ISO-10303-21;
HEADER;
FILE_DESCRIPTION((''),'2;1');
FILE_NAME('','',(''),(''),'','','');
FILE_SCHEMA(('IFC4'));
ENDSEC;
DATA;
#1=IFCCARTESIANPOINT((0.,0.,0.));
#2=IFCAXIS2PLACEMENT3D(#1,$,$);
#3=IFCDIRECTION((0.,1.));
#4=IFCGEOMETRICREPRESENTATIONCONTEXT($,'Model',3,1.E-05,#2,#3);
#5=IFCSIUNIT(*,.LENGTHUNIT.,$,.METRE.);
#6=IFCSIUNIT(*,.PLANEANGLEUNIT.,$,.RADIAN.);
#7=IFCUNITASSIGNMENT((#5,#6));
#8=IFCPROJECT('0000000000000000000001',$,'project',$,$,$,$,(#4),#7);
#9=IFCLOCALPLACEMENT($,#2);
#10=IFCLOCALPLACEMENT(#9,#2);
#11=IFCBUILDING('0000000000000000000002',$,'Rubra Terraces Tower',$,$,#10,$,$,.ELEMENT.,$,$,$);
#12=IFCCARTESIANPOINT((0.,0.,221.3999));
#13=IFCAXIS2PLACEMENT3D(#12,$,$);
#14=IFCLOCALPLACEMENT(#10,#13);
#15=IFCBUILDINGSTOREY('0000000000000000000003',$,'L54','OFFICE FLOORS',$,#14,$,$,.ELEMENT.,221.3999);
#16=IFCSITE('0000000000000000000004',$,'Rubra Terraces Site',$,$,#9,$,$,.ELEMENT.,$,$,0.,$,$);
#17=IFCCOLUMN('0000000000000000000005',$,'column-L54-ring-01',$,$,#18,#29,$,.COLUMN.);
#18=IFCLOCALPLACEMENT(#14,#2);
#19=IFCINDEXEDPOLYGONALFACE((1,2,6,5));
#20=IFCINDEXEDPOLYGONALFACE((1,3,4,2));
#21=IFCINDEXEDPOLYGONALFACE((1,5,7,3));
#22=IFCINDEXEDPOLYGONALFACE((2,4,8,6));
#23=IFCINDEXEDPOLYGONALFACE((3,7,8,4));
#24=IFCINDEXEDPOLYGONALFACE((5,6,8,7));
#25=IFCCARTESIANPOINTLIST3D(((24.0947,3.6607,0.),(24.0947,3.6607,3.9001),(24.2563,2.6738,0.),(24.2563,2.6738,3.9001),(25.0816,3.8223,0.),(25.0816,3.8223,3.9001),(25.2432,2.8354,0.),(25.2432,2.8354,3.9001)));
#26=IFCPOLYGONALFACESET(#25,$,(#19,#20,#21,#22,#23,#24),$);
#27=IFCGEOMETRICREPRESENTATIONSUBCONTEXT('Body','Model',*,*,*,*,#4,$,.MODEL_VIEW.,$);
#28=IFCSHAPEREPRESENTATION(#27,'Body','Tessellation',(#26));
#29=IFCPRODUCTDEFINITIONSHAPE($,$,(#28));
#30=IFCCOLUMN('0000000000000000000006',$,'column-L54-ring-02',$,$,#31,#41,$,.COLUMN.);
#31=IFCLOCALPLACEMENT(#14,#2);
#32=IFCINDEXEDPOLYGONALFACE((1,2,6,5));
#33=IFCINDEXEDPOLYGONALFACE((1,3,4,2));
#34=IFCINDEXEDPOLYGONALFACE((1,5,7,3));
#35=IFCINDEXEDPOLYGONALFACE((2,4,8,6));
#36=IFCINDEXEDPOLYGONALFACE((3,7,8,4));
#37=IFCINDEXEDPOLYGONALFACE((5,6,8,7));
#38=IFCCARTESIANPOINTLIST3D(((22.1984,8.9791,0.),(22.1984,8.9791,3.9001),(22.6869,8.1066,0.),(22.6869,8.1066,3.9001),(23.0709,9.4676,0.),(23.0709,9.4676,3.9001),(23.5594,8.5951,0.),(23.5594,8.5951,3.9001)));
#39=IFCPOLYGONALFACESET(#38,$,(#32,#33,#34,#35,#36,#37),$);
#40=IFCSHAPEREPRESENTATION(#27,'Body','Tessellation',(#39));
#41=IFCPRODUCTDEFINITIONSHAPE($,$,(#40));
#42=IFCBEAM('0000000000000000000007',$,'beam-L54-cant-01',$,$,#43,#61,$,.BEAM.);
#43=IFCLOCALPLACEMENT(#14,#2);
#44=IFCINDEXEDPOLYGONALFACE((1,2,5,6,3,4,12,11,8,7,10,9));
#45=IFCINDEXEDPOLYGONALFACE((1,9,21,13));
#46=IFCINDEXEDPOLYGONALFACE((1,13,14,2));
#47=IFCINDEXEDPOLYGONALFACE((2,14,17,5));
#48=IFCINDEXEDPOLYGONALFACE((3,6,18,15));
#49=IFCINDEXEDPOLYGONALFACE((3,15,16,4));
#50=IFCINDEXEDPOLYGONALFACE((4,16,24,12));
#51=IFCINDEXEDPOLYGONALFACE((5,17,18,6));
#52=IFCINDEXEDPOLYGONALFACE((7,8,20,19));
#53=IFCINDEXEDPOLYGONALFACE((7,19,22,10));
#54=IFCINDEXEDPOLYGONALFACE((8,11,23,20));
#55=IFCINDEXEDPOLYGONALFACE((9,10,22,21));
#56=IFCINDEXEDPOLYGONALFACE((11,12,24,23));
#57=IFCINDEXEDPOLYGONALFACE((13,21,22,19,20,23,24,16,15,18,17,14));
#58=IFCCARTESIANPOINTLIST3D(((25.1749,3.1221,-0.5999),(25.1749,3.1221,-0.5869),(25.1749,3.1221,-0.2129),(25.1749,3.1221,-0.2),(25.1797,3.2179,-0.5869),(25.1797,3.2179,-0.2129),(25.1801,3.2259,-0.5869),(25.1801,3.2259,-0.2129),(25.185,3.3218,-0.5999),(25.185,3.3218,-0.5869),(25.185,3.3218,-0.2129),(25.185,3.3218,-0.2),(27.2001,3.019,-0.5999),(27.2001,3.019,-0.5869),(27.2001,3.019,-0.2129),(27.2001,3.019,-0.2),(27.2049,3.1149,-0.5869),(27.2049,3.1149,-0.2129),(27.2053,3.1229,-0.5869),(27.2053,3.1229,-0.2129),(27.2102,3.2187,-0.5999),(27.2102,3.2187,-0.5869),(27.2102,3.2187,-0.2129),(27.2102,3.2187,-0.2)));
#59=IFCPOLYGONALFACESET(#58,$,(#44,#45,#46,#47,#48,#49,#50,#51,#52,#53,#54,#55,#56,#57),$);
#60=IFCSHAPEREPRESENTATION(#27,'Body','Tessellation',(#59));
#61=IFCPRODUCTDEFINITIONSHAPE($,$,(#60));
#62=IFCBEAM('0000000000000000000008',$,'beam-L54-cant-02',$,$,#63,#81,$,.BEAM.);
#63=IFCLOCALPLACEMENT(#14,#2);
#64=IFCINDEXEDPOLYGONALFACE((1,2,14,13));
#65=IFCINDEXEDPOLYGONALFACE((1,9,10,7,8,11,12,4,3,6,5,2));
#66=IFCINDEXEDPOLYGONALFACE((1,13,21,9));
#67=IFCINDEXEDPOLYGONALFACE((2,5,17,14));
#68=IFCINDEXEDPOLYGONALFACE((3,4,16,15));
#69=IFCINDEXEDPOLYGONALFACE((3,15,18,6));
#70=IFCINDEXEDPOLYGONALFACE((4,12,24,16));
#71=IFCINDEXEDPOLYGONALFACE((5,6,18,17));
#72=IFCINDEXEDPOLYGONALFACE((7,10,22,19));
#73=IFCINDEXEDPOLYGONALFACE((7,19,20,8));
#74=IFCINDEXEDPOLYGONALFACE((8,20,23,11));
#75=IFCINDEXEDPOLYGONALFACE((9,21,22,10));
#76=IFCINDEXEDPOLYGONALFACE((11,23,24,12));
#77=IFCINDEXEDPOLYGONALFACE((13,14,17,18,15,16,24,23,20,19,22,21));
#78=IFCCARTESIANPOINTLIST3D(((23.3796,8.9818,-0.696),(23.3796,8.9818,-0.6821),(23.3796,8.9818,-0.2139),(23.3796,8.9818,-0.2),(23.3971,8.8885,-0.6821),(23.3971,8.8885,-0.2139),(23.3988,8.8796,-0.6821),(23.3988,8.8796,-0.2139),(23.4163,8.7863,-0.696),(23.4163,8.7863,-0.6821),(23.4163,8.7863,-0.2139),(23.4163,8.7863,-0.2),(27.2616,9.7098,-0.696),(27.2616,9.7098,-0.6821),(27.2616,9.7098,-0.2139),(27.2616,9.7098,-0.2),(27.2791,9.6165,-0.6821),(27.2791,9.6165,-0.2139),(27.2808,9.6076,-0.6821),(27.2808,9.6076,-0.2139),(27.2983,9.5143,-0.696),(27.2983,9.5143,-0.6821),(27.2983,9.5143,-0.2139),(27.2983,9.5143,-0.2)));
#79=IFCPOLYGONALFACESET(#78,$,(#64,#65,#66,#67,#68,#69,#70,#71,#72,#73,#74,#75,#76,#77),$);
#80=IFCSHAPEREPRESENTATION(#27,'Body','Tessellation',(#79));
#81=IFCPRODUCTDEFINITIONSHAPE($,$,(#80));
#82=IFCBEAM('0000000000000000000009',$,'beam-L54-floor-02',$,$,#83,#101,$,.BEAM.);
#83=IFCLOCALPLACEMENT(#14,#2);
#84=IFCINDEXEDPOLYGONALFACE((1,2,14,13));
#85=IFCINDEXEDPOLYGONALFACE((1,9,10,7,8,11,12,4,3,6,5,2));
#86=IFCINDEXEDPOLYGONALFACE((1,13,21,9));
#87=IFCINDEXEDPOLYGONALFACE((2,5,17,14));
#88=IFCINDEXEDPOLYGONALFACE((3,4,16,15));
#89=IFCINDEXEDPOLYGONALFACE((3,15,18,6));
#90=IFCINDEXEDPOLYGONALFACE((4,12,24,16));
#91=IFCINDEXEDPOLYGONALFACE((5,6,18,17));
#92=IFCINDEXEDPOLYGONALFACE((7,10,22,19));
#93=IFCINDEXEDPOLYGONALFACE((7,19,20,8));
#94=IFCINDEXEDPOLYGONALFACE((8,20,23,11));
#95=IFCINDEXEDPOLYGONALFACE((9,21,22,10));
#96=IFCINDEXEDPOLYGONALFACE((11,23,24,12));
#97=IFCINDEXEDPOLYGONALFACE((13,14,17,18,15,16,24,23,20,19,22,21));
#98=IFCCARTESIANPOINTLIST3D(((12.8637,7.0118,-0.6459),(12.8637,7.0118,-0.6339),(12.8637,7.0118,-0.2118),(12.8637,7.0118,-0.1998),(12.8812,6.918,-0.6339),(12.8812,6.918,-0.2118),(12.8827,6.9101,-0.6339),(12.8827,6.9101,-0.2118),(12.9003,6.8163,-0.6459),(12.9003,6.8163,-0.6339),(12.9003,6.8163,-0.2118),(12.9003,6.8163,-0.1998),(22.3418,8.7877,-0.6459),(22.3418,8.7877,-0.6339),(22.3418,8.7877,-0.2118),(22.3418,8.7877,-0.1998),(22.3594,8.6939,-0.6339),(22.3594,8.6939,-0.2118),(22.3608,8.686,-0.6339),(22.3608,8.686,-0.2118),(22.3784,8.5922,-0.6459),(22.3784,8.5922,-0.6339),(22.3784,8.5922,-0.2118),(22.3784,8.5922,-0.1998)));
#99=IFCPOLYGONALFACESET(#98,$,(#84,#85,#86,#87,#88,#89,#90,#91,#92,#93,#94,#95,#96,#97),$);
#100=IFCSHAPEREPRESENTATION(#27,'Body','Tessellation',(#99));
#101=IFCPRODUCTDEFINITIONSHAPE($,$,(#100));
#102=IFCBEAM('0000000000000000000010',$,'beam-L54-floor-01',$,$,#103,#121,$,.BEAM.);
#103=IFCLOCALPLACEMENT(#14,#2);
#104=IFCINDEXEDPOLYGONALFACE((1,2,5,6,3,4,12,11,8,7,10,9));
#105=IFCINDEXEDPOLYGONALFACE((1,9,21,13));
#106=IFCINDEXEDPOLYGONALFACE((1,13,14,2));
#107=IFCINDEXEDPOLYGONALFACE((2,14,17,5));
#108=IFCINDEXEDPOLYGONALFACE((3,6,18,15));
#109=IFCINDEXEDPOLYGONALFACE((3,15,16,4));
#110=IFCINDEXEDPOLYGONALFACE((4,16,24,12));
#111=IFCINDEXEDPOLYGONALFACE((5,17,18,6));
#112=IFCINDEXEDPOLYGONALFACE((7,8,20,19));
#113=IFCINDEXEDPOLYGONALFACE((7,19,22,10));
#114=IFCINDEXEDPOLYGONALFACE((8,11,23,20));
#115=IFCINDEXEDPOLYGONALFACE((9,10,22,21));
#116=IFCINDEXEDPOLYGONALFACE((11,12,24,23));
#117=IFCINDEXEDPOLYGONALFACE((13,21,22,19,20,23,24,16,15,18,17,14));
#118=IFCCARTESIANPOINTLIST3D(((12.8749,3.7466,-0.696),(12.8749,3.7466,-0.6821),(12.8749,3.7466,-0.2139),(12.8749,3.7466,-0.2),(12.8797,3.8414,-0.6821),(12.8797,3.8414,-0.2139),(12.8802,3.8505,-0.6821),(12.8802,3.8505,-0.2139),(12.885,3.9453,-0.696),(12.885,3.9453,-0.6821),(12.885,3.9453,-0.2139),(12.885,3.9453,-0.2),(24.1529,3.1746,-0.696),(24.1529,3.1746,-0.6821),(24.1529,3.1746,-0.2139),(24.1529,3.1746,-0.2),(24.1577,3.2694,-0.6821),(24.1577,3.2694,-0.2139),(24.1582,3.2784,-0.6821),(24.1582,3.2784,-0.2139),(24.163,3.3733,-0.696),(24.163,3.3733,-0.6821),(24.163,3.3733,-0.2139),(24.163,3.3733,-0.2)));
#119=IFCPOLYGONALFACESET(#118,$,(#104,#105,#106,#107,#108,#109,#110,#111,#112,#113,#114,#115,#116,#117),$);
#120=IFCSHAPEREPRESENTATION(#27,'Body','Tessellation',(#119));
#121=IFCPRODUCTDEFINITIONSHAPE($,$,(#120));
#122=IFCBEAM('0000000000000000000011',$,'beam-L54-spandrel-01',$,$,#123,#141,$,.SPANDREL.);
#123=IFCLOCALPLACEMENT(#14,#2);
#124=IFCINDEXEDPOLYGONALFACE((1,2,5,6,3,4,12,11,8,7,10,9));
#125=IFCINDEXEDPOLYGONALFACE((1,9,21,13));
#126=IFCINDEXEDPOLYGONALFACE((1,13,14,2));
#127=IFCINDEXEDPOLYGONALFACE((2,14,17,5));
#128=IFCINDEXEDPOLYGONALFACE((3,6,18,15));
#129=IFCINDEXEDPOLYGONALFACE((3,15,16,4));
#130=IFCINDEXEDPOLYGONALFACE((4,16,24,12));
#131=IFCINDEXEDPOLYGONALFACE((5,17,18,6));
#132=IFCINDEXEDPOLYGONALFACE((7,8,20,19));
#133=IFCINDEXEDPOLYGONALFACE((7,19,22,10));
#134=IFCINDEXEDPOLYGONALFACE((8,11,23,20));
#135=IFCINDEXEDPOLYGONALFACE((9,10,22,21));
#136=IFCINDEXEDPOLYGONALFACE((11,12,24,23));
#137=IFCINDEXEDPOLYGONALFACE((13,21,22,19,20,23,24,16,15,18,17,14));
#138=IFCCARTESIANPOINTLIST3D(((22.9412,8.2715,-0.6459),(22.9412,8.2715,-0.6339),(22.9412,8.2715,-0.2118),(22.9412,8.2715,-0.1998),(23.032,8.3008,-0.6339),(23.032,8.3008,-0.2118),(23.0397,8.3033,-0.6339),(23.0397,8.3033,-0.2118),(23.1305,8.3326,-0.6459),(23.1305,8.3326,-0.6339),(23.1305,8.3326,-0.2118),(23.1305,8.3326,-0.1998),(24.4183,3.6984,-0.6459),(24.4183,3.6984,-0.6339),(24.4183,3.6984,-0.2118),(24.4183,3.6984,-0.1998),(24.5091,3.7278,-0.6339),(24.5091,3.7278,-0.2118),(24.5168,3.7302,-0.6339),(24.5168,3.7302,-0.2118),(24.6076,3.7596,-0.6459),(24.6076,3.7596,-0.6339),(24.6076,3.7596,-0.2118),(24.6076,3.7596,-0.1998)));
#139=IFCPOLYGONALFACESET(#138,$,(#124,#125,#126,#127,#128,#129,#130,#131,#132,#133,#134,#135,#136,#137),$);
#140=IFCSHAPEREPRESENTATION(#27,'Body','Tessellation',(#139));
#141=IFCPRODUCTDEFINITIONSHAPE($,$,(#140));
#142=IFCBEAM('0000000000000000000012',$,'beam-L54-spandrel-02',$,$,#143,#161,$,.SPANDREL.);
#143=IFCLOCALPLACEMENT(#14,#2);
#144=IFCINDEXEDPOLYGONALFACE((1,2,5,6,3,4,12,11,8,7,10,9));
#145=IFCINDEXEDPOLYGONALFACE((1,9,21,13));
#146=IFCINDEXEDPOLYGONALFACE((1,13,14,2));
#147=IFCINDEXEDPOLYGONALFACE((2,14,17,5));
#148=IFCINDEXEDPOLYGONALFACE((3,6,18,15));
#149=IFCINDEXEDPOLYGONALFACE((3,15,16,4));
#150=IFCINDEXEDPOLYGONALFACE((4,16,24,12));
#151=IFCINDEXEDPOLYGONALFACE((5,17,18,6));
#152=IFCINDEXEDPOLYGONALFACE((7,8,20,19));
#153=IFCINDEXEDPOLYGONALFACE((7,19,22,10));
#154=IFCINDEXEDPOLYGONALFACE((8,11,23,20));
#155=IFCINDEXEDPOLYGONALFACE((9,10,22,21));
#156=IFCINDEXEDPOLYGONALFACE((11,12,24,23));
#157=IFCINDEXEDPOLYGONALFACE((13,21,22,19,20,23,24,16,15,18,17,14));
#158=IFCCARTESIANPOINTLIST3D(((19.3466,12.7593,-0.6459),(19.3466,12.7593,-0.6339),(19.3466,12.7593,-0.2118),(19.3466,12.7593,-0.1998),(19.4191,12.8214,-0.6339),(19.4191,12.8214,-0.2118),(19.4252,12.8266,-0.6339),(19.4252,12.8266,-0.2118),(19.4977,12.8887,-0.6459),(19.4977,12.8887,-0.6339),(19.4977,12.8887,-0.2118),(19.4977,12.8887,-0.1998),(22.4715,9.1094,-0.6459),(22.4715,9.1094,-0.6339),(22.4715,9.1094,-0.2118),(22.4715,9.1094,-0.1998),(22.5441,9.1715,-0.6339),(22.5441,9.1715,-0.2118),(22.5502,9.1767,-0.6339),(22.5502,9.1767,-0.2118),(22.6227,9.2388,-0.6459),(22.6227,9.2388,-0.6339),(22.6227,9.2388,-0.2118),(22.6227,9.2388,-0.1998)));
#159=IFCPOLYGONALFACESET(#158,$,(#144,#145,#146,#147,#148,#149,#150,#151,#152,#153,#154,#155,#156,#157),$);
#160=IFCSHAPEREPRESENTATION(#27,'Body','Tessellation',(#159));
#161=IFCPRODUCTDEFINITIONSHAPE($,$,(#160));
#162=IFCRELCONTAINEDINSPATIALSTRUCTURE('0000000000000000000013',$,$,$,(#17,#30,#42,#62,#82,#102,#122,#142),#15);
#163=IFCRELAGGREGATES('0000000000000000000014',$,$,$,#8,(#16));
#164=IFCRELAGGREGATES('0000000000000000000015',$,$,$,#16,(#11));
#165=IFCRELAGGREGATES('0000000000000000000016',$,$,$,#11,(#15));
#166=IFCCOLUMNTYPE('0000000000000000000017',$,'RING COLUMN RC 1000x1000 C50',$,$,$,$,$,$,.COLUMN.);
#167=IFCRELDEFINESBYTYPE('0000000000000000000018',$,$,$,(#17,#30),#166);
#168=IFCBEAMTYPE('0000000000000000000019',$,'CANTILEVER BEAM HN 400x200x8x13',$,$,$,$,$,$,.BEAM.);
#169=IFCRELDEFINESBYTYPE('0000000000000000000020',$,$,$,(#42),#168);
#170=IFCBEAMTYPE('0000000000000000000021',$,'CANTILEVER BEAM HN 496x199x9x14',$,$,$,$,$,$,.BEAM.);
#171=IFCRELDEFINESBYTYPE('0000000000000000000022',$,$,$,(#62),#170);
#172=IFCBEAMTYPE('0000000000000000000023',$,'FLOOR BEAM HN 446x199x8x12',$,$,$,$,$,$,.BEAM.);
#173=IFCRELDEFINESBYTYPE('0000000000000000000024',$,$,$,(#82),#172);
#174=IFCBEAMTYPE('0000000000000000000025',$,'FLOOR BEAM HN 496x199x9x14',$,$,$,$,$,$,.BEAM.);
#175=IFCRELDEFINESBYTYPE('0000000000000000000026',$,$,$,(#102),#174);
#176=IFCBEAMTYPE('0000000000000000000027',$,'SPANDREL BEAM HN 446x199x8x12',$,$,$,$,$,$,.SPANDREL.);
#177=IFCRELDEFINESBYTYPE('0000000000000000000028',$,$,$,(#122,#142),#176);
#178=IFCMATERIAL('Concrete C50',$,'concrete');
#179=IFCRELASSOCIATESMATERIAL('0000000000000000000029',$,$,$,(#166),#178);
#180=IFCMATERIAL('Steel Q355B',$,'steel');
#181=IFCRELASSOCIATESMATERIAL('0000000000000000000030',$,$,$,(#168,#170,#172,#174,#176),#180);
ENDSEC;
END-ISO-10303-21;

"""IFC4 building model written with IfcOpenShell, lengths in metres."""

from ifc_helpers import new_model, si_unit, direction, frame, origin, origin_2d, place, context, subcontext, project, spatial, rectangle, i_section, extrude, material, material_profile, profile_set, type_object, element, save


model = new_model("IFC4")

# Units and contexts
model_context = context("Model", 3, precision=1e-05, world=origin(), true_north=direction((0.0, 1.0)))
body_context = subcontext(model_context, "Body", "Model", "MODEL_VIEW")
ifc_project = project(units=[si_unit("LENGTHUNIT", "METRE"), si_unit("PLANEANGLEUNIT", "RADIAN")], contexts=[model_context])

# Site, building, storey
site_placement = place(None, origin())
site = spatial("IfcSite", under=ifc_project, at=site_placement, Name="Rubra Terraces Site", CompositionType="ELEMENT", RefElevation=0.0)
building_placement = place(site_placement, origin())
building = spatial("IfcBuilding", under=site, at=building_placement, Name="Rubra Terraces Tower", CompositionType="ELEMENT")
storey_placement = place(building_placement, frame((0.0, 0.0, 221.3999)))
storey = spatial("IfcBuildingStorey", under=building, at=storey_placement, Name="L54", Description="OFFICE FLOORS", CompositionType="ELEMENT", Elevation=221.3999)

# Columns
ifc_material_1 = material(Name="Concrete C50", Category="concrete")
ifc_material_profile_1 = material_profile(ifc_material_1, rectangle(XDim=1.0, YDim=1.0, at=origin_2d()), Name="RC 1000x1000")
ifc_profile_set_1 = profile_set([ifc_material_profile_1], Name="Concrete C50")
column_type = type_object("IfcColumnType", Name="RING COLUMN RC 1000x1000 C50", PredefinedType="COLUMN", material=ifc_profile_set_1)
for number, where, z_axis, x_axis, name in (
    (1, (24.6689, 3.248, 0.0), (0.0, 0.0, 1.0), (-0.161559, 0.986863, 0.0), "column-L54-ring-01"),
    (2, (22.8789, 8.7871, 0.0), (0.0, 0.0, 1.0), (-0.488526, 0.872549, 0.0), "column-L54-ring-02"),
):
    element("IfcColumn", number, at=place(storey_placement, frame(where, z_axis=z_axis, x_axis=x_axis)), inside=storey, type_object=column_type, Name=name, PredefinedType="COLUMN", context=body_context, shape_type="SweptSolid", body=[
        extrude(rectangle(XDim=1.0, YDim=1.0, at=origin_2d()), origin(), (0.0, 0.0, 1.0), 3.9001),
    ])

# Beams
ifc_material_2 = material(Name="Steel Q355B", Category="steel")
ifc_material_profile_2 = material_profile(ifc_material_2, i_section(OverallWidth=0.2, OverallDepth=0.3999, WebThickness=0.0081, FlangeThickness=0.0129, at=origin_2d()), Name="HN 400x200x8x13")
ifc_profile_set_2 = profile_set([ifc_material_profile_2], Name="Steel Q355B")
beam_type_1 = type_object("IfcBeamType", Name="CANTILEVER BEAM HN 400x200x8x13", PredefinedType="BEAM", material=ifc_profile_set_2)
beam_1_placement = place(storey_placement, frame((25.1799, 3.2219, -0.3999), z_axis=(0.998708, -0.050808, 0.0), x_axis=(0.050808, 0.998708, 0.0)))
element("IfcBeam", 3, at=beam_1_placement, inside=storey, type_object=beam_type_1, Name="beam-L54-cant-01", PredefinedType="BEAM", context=body_context, shape_type="SweptSolid", body=[
    extrude(i_section(OverallWidth=0.2, OverallDepth=0.3999, WebThickness=0.0081, FlangeThickness=0.0129, at=origin_2d()), origin(), (0.0, 0.0, 1.0), 2.0278),
])
ifc_material_profile_3 = material_profile(ifc_material_2, i_section(OverallWidth=0.199, OverallDepth=0.4961, WebThickness=0.009, FlangeThickness=0.0139, at=origin_2d()), Name="HN 496x199x9x14")
ifc_profile_set_3 = profile_set([ifc_material_profile_3], Name="Steel Q355B")
beam_type_2 = type_object("IfcBeamType", Name="CANTILEVER BEAM HN 496x199x9x14", PredefinedType="BEAM", material=ifc_profile_set_3)
beam_2_placement = place(storey_placement, frame((23.3979, 8.884, -0.448), z_axis=(0.982866, 0.184322, 0.0), x_axis=(-0.184322, 0.982866, 0.0)))
element("IfcBeam", 4, at=beam_2_placement, inside=storey, type_object=beam_type_2, Name="beam-L54-cant-02", PredefinedType="BEAM", context=body_context, shape_type="SweptSolid", body=[
    extrude(i_section(OverallWidth=0.199, OverallDepth=0.4961, WebThickness=0.009, FlangeThickness=0.0139, at=origin_2d()), origin(), (0.0, 0.0, 1.0), 3.9497),
])
ifc_material_profile_4 = material_profile(ifc_material_2, i_section(OverallWidth=0.199, OverallDepth=0.446, WebThickness=0.0081, FlangeThickness=0.012, at=origin_2d()), Name="HN 446x199x8x12")
ifc_profile_set_4 = profile_set([ifc_material_profile_4], Name="Steel Q355B")
beam_type_3 = type_object("IfcBeamType", Name="FLOOR BEAM HN 446x199x8x12", PredefinedType="BEAM", material=ifc_profile_set_4)
beam_3_placement = place(storey_placement, frame((22.3601, 8.6899, -0.4229), z_axis=(-0.982896, -0.184163, 0.0), x_axis=(0.184163, -0.982896, 0.0)))
element("IfcBeam", 5, at=beam_3_placement, inside=storey, type_object=beam_type_3, Name="beam-L54-floor-02", PredefinedType="BEAM", context=body_context, shape_type="SweptSolid", body=[
    extrude(i_section(OverallWidth=0.199, OverallDepth=0.446, WebThickness=0.0081, FlangeThickness=0.012, at=origin_2d()), origin(), (0.0, 0.0, 1.0), 9.6431),
])
ifc_material_profile_5 = material_profile(ifc_material_2, i_section(OverallWidth=0.199, OverallDepth=0.4961, WebThickness=0.009, FlangeThickness=0.0139, at=origin_2d()), Name="HN 496x199x9x14")
ifc_profile_set_5 = profile_set([ifc_material_profile_5], Name="Steel Q355B")
beam_type_4 = type_object("IfcBeamType", Name="FLOOR BEAM HN 496x199x9x14", PredefinedType="BEAM", material=ifc_profile_set_5)
beam_4_placement = place(storey_placement, frame((24.158, 3.2739, -0.448), z_axis=(-0.998716, 0.050655, 0.0), x_axis=(-0.050655, -0.998716, 0.0)))
element("IfcBeam", 6, at=beam_4_placement, inside=storey, type_object=beam_type_4, Name="beam-L54-floor-01", PredefinedType="BEAM", context=body_context, shape_type="SweptSolid", body=[
    extrude(i_section(OverallWidth=0.199, OverallDepth=0.4961, WebThickness=0.009, FlangeThickness=0.0139, at=origin_2d()), origin(), (0.0, 0.0, 1.0), 11.2925),
])
ifc_material_profile_6 = material_profile(ifc_material_2, i_section(OverallWidth=0.199, OverallDepth=0.446, WebThickness=0.0081, FlangeThickness=0.012, at=origin_2d()), Name="HN 446x199x8x12")
ifc_profile_set_6 = profile_set([ifc_material_profile_6], Name="Steel Q355B")
beam_type_5 = type_object("IfcBeamType", Name="SPANDREL BEAM HN 446x199x8x12", PredefinedType="SPANDREL", material=ifc_profile_set_6)
beam_5_placement = place(storey_placement, frame((24.5129, 3.729, -0.4229), z_axis=(-0.307359, 0.951594, 0.0), x_axis=(-0.951594, -0.307359, 0.0)))
element("IfcBeam", 7, at=beam_5_placement, inside=storey, type_object=beam_type_5, Name="beam-L54-spandrel-01", PredefinedType="SPANDREL", context=body_context, shape_type="SweptSolid", body=[
    extrude(i_section(OverallWidth=0.199, OverallDepth=0.446, WebThickness=0.0081, FlangeThickness=0.012, at=origin_2d()), origin(), (0.0, 0.0, 1.0), 4.8057),
])
beam_6_placement = place(storey_placement, frame((22.5471, 9.1741, -0.4229), z_axis=(-0.650373, 0.759615, 0.0), x_axis=(-0.759615, -0.650373, 0.0)))
element("IfcBeam", 8, at=beam_6_placement, inside=storey, type_object=beam_type_5, Name="beam-L54-spandrel-02", PredefinedType="SPANDREL", context=body_context, shape_type="SweptSolid", body=[
    extrude(i_section(OverallWidth=0.199, OverallDepth=0.446, WebThickness=0.0081, FlangeThickness=0.012, at=origin_2d()), origin(), (0.0, 0.0, 1.0), 4.8049),
])

save(model, "model.ifc")
